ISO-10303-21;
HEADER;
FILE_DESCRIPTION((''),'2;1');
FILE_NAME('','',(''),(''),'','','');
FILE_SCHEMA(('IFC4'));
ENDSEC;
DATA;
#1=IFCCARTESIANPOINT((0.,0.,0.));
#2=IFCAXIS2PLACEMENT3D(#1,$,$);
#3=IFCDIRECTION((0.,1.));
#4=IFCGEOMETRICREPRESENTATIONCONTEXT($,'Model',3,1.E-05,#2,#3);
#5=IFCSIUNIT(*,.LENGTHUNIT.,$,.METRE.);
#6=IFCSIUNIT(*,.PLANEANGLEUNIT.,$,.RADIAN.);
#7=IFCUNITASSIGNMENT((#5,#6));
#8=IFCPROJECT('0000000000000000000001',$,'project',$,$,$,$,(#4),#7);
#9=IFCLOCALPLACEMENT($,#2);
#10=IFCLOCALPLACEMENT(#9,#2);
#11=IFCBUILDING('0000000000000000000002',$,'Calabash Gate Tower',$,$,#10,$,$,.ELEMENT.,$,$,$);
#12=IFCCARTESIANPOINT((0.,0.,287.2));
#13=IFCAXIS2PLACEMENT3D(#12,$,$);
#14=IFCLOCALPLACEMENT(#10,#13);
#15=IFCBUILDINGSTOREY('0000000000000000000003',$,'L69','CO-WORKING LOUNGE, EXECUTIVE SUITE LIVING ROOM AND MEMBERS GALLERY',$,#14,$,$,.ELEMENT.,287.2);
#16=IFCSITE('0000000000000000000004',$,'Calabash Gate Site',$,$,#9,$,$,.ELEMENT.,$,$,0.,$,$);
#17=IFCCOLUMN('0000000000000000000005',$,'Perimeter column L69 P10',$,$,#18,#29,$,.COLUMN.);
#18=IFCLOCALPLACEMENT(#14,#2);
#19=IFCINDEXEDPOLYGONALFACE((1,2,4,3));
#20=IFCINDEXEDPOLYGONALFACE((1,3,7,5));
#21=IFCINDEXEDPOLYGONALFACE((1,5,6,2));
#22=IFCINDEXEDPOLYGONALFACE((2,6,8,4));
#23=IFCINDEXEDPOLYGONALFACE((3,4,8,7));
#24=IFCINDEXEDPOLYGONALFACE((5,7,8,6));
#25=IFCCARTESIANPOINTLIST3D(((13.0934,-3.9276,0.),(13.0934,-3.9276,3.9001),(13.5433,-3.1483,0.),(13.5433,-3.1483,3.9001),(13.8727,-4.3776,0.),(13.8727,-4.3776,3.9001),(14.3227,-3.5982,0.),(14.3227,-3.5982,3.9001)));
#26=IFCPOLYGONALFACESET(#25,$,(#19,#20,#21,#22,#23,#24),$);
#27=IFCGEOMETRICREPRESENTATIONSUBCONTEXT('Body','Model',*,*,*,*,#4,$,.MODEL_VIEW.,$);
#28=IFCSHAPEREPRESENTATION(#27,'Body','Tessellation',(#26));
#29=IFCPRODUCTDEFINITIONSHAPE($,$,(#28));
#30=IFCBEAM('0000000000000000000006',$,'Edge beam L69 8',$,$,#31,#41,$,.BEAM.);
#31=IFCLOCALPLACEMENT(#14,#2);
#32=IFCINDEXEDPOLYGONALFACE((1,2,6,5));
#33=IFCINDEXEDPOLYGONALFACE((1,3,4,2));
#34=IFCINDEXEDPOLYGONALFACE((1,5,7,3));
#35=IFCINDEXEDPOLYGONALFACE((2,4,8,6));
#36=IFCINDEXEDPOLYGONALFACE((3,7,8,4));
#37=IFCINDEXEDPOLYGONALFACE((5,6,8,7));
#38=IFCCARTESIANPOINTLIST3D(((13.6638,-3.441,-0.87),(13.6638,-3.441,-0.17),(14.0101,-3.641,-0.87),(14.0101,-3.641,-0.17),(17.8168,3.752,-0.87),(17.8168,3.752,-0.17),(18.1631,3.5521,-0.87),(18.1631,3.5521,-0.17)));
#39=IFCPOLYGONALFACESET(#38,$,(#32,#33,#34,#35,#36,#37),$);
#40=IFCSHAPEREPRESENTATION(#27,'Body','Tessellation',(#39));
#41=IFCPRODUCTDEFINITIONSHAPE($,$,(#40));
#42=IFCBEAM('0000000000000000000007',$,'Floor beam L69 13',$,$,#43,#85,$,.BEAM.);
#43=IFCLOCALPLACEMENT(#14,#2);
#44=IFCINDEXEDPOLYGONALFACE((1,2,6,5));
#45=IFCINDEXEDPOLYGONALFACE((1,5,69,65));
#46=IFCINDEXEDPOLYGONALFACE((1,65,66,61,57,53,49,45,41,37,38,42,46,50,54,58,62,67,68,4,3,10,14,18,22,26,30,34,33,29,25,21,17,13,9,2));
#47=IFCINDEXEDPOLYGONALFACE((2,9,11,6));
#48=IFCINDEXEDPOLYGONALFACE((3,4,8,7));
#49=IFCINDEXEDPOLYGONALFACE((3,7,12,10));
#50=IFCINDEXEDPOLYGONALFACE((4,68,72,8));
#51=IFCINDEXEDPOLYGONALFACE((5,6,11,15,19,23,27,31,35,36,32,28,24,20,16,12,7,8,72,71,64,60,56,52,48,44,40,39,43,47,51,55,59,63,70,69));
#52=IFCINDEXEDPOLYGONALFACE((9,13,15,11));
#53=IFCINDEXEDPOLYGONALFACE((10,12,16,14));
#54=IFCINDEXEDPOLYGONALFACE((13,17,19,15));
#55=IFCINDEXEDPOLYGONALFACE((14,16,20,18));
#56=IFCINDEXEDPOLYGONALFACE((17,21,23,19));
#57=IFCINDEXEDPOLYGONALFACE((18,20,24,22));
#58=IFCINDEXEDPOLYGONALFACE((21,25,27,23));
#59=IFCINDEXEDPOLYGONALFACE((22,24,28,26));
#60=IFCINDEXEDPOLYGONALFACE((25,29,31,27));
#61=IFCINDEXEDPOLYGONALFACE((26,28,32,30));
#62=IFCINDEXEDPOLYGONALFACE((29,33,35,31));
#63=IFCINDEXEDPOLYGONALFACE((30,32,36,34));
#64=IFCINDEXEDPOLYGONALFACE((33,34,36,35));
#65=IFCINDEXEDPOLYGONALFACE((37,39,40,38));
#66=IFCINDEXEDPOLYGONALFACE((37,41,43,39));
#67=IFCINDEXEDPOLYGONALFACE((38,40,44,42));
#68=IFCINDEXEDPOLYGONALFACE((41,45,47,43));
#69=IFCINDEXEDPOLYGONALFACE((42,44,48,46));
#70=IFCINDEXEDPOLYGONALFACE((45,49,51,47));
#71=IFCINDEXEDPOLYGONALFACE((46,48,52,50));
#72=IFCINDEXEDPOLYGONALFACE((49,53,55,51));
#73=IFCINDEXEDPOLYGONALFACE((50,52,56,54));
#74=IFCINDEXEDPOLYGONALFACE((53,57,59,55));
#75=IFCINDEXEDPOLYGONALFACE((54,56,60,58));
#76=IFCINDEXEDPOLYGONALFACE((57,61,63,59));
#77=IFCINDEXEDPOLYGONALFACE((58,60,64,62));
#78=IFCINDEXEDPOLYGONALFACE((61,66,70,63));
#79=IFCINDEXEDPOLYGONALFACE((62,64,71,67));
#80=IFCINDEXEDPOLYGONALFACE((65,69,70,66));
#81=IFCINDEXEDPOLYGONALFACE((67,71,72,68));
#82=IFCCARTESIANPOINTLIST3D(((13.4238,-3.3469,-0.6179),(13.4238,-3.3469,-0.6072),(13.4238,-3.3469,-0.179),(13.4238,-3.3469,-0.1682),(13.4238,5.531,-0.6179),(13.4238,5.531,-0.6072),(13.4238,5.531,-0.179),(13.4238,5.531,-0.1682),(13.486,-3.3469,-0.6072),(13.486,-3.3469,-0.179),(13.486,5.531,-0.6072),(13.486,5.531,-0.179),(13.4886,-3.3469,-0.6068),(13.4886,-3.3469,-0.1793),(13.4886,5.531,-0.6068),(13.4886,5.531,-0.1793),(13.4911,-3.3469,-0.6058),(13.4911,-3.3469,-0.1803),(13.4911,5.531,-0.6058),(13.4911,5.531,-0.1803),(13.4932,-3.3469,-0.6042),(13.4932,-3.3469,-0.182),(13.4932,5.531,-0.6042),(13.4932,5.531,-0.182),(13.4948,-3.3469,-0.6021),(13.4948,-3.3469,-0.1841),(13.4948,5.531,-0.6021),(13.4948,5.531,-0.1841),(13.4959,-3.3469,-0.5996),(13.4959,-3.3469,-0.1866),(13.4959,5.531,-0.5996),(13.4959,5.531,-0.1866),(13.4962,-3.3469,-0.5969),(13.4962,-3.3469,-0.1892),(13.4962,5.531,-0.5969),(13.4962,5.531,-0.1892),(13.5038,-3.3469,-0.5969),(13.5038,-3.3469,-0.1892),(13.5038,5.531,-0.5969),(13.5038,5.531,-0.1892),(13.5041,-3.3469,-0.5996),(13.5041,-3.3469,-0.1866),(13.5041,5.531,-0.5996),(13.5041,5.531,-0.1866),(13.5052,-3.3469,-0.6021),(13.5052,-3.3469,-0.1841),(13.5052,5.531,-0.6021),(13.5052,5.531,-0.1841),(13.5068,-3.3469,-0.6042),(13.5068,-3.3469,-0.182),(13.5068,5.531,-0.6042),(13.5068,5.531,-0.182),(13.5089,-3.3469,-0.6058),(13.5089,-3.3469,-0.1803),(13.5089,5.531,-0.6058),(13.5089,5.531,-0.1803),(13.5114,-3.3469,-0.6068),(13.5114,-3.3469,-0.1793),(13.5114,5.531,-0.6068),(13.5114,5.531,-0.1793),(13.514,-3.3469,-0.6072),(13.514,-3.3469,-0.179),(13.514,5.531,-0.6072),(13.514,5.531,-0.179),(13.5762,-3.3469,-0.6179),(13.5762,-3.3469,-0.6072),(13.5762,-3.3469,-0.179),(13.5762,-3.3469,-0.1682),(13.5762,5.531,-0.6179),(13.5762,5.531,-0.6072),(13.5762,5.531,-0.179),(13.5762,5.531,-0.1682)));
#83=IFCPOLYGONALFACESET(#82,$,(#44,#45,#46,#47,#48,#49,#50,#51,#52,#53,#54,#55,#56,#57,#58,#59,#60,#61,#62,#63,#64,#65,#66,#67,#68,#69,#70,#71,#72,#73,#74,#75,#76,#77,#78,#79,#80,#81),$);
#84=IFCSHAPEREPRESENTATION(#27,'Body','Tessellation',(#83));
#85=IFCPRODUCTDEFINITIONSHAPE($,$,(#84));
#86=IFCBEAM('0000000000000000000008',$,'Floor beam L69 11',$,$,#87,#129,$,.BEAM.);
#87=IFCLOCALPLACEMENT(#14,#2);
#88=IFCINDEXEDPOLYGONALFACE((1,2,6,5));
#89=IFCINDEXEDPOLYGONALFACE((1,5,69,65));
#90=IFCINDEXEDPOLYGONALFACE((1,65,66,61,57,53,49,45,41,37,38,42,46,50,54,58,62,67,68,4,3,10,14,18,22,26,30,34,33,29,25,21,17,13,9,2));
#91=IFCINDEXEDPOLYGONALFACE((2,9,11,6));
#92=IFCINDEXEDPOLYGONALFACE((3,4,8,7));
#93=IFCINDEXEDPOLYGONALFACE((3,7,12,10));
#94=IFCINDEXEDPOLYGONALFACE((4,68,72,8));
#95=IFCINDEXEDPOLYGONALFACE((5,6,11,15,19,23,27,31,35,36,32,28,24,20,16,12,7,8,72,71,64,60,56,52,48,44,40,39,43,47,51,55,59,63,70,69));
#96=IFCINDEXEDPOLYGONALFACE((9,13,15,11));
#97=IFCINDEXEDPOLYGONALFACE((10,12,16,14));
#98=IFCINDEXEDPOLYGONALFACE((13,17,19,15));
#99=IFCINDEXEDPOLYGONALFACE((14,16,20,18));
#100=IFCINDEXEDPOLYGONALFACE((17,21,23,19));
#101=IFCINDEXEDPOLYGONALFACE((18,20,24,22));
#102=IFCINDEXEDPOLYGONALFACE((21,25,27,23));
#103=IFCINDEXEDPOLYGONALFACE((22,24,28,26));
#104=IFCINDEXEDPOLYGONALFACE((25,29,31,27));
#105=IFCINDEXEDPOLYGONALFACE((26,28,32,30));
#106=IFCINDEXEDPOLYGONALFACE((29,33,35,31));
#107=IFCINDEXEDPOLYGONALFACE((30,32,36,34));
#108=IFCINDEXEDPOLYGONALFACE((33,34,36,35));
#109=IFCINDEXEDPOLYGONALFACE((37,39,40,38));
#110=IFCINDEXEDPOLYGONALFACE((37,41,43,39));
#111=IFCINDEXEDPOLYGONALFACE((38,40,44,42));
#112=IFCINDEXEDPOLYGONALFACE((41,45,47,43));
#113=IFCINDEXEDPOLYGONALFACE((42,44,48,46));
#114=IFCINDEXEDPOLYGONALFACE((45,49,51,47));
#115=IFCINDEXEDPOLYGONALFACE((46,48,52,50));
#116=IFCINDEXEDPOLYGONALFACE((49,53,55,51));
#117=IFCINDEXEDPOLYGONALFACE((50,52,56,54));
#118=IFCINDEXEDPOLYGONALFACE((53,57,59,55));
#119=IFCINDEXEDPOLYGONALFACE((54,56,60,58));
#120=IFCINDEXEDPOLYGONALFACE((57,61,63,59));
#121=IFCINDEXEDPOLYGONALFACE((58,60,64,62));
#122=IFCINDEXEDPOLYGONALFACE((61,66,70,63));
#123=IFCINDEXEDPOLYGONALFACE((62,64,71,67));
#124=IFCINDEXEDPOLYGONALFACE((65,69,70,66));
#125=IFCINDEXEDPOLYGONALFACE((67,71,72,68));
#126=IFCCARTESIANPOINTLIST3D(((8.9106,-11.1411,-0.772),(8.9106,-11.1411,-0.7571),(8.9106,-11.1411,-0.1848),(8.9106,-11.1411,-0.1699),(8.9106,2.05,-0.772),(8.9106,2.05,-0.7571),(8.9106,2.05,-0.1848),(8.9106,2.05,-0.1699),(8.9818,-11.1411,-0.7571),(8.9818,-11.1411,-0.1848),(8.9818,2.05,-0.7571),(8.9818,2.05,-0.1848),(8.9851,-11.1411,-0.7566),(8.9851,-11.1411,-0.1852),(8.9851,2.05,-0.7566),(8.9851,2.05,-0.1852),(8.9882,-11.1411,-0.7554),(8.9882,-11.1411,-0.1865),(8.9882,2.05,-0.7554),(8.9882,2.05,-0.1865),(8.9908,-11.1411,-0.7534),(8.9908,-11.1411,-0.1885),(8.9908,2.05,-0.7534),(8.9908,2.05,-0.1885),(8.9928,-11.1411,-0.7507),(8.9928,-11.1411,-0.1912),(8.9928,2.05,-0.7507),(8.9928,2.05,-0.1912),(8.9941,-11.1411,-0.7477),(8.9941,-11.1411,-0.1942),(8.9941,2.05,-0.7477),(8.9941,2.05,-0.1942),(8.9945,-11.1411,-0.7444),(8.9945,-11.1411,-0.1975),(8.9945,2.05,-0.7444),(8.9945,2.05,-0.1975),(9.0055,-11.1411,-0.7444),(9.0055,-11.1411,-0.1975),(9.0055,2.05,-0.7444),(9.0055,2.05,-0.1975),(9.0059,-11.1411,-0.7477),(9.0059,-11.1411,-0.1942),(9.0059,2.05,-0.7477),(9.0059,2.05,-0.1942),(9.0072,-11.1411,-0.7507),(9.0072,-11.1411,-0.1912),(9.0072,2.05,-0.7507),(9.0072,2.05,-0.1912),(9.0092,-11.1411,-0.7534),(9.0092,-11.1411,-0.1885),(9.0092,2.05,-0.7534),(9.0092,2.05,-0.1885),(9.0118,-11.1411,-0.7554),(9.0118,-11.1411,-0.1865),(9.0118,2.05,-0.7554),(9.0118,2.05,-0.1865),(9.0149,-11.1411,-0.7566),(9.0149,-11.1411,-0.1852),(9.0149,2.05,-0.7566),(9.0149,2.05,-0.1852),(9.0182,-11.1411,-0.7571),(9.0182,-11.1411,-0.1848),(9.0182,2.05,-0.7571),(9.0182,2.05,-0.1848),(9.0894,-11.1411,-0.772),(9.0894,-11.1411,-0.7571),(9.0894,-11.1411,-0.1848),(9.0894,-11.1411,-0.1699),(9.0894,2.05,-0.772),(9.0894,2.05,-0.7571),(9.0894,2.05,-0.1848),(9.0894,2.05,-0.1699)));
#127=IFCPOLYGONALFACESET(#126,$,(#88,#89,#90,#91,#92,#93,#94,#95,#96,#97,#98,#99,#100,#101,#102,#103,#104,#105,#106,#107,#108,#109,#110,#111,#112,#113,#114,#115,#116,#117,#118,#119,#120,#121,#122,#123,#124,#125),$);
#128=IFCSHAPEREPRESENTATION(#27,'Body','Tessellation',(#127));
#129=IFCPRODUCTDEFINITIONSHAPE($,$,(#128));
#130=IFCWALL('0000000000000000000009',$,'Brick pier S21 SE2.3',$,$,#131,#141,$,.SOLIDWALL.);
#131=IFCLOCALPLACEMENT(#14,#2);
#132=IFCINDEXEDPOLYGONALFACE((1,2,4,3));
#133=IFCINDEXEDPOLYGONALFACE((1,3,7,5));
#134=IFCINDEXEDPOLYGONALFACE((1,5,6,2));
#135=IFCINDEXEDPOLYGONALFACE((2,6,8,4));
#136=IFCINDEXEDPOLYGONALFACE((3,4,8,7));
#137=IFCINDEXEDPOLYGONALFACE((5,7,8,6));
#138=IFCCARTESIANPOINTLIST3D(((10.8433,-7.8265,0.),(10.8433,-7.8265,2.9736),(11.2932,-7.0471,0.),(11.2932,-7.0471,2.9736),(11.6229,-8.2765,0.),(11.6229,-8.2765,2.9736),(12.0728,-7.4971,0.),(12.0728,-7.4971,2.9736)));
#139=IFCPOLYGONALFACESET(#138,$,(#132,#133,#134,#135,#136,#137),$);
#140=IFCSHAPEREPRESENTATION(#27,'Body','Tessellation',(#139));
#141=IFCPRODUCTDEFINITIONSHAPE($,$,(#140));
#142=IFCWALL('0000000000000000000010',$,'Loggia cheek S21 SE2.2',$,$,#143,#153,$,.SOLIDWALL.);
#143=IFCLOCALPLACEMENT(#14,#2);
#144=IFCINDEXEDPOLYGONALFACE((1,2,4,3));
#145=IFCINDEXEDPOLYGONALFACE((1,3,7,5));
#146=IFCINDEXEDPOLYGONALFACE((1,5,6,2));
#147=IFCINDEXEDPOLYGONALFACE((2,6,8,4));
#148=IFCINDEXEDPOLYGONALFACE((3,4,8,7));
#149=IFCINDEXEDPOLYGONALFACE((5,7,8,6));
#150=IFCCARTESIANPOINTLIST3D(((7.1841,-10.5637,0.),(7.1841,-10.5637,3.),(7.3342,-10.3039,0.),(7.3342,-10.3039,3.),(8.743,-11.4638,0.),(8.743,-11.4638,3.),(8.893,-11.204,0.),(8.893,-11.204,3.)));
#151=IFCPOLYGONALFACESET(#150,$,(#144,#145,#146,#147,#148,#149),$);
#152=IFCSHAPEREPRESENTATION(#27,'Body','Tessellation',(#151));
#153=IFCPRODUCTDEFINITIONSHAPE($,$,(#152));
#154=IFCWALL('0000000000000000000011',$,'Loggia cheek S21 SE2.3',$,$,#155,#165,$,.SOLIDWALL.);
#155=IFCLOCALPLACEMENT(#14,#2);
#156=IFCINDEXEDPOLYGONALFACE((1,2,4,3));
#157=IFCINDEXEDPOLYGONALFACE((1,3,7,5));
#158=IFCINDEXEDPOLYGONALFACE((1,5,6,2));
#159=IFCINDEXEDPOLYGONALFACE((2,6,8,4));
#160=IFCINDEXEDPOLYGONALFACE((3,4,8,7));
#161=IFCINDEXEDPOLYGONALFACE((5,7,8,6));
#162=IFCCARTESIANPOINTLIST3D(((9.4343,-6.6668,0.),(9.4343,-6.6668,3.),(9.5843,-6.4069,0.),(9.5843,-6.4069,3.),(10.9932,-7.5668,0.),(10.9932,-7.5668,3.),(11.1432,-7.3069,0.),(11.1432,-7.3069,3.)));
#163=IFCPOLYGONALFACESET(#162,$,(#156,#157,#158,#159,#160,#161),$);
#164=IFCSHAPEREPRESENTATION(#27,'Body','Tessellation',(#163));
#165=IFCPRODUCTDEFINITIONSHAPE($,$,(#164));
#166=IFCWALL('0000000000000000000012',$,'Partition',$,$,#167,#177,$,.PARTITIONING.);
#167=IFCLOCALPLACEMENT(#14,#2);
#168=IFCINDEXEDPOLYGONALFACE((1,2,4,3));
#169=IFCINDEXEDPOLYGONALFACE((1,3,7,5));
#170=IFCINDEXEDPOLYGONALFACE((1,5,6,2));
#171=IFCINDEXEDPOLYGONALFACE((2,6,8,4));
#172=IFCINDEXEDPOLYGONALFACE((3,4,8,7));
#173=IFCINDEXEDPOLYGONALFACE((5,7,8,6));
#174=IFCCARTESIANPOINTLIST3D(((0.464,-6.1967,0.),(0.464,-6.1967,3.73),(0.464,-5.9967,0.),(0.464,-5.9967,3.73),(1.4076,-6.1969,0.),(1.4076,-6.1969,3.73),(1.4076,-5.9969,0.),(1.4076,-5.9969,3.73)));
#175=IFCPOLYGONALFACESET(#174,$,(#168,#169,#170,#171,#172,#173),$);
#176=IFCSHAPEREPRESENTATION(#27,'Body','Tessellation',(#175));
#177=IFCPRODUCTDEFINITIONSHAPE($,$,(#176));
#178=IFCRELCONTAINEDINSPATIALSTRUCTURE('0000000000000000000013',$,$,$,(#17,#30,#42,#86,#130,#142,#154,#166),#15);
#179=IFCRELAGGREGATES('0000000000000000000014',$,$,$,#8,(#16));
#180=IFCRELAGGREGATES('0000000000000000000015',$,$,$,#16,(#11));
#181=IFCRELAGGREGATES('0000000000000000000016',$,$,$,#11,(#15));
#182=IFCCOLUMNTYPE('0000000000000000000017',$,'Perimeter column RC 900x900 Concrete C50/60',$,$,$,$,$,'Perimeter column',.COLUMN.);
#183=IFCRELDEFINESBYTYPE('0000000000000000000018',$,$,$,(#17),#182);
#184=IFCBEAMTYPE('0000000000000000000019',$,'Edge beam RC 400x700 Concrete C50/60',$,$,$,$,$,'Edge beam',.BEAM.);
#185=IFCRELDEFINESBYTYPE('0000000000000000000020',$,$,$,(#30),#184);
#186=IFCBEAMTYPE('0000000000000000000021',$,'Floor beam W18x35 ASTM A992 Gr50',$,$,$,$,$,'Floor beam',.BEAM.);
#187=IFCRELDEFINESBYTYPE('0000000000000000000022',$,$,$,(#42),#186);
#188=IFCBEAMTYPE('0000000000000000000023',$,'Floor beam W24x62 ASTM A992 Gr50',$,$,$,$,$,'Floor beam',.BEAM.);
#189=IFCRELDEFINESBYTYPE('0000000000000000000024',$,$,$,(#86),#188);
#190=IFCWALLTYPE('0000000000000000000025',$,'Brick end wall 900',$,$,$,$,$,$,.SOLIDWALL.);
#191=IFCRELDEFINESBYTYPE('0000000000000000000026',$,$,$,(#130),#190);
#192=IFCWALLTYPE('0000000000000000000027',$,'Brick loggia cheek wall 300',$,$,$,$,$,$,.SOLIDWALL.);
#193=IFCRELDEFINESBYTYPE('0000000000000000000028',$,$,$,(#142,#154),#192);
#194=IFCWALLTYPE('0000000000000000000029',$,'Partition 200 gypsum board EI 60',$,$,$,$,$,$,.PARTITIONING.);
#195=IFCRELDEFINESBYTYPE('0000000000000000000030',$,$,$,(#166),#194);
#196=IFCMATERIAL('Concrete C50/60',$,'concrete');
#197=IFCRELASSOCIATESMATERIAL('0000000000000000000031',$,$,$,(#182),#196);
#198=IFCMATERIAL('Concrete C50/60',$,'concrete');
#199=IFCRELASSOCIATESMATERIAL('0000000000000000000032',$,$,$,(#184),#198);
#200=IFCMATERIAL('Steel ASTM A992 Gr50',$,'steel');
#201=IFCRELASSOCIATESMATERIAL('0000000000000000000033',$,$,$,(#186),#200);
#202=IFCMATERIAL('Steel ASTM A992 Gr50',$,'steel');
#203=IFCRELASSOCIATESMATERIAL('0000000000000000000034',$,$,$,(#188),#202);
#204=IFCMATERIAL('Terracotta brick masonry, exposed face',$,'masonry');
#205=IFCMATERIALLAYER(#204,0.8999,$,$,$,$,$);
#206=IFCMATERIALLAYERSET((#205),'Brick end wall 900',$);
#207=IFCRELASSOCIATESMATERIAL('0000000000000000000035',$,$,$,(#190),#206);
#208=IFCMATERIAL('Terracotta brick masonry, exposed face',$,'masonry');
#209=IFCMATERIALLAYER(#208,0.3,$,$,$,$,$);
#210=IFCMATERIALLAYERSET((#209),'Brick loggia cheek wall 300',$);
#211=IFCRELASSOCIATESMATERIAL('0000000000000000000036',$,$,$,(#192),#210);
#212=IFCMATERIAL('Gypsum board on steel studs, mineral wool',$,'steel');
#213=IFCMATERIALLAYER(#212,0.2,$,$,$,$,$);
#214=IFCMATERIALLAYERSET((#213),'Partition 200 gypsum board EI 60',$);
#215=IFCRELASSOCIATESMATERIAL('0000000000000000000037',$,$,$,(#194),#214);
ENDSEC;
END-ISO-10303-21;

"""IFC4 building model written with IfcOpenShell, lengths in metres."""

from ifc_helpers import new_model, si_unit, direction, frame, frame_2d, origin, origin_2d, place, context, subcontext, project, spatial, rectangle, i_section, extrude, material, layer, layer_set, material_profile, profile_set, type_object, element, save


model = new_model("IFC4")

# Units and contexts
model_context = context("Model", 3, precision=1e-05, world=origin(), true_north=direction((0.0, 1.0)))
body_context = subcontext(model_context, "Body", "Model", "MODEL_VIEW")
ifc_project = project(units=[si_unit("LENGTHUNIT", "METRE"), si_unit("PLANEANGLEUNIT", "RADIAN")], contexts=[model_context])

# Site, building, storey
site_placement = place(None, origin())
site = spatial("IfcSite", under=ifc_project, at=site_placement, Name="Calabash Gate Site", CompositionType="ELEMENT", RefElevation=0.0)
building_placement = place(site_placement, origin())
building = spatial("IfcBuilding", under=site, at=building_placement, Name="Calabash Gate Tower", CompositionType="ELEMENT")
storey_placement = place(building_placement, frame((0.0, 0.0, 287.2)))
storey = spatial("IfcBuildingStorey", under=building, at=storey_placement, Name="L69", Description="CO-WORKING LOUNGE, EXECUTIVE SUITE LIVING ROOM AND MEMBERS GALLERY", CompositionType="ELEMENT", Elevation=287.2)

# Column
ifc_material_1 = material(Name="Concrete C50/60", Category="concrete")
ifc_material_profile_1 = material_profile(ifc_material_1, rectangle(XDim=0.8999, YDim=0.8999, at=origin_2d()))
ifc_profile_set_1 = profile_set([ifc_material_profile_1], Name="Concrete C50/60")
column_type = type_object("IfcColumnType", Name="Perimeter column RC 900x900 Concrete C50/60", ElementType="Perimeter column", PredefinedType="COLUMN", material=ifc_profile_set_1)
column_placement = place(storey_placement, frame((13.708, -3.7629, 0.0), z_axis=(0.0, 0.0, 1.0), x_axis=(0.5, 0.866025, 0.0)))
element("IfcColumn", 1, at=column_placement, inside=storey, type_object=column_type, Name="Perimeter column L69 P10", PredefinedType="COLUMN", context=body_context, shape_type="SweptSolid", body=[
    extrude(rectangle(XDim=0.8999, YDim=0.8999, at=origin_2d()), origin(), (0.0, 0.0, 1.0), 3.9001),
])

# Beams
ifc_material_2 = material(Name="Concrete C50/60", Category="concrete")
ifc_material_profile_2 = material_profile(ifc_material_2, rectangle(XDim=0.3999, YDim=0.7, at=origin_2d()))
ifc_profile_set_2 = profile_set([ifc_material_profile_2], Name="Concrete C50/60")
beam_type_1 = type_object("IfcBeamType", Name="Edge beam RC 400x700 Concrete C50/60", ElementType="Edge beam", PredefinedType="BEAM", material=ifc_profile_set_2)
beam_1_placement = place(storey_placement, frame((13.8369, -3.541, -0.52), z_axis=(0.500012, 0.866019, 0.0), x_axis=(-0.866019, 0.500012, 0.0)))
element("IfcBeam", 2, at=beam_1_placement, inside=storey, type_object=beam_type_1, Name="Edge beam L69 8", PredefinedType="BEAM", context=body_context, shape_type="SweptSolid", body=[
    extrude(rectangle(XDim=0.3999, YDim=0.7, at=origin_2d()), origin(), (0.0, 0.0, 1.0), 8.3059),
])
ifc_material_3 = material(Name="Steel ASTM A992 Gr50", Category="steel")
ifc_material_profile_3 = material_profile(ifc_material_3, i_section(OverallWidth=0.1523, OverallDepth=0.4497, WebThickness=0.0076, FlangeThickness=0.0107, FilletRadius=0.0103, at=origin_2d()))
ifc_profile_set_3 = profile_set([ifc_material_profile_3], Name="Steel ASTM A992 Gr50")
beam_type_2 = type_object("IfcBeamType", Name="Floor beam W18x35 ASTM A992 Gr50", ElementType="Floor beam", PredefinedType="BEAM", material=ifc_profile_set_3)
beam_2_placement = place(storey_placement, frame((13.5, -3.3469, -0.3931), z_axis=(0.0, 1.0, 0.0), x_axis=(-1.0, 0.0, 0.0)))
element("IfcBeam", 3, at=beam_2_placement, inside=storey, type_object=beam_type_2, Name="Floor beam L69 13", PredefinedType="BEAM", context=body_context, shape_type="SweptSolid", body=[
    extrude(i_section(OverallWidth=0.1523, OverallDepth=0.4497, WebThickness=0.0076, FlangeThickness=0.0107, FilletRadius=0.0103, at=origin_2d()), origin(), (0.0, 0.0, 1.0), 8.8779),
])
ifc_material_4 = material(Name="Steel ASTM A992 Gr50", Category="steel")
ifc_material_profile_4 = material_profile(ifc_material_4, i_section(OverallWidth=0.1787, OverallDepth=0.6021, WebThickness=0.011, FlangeThickness=0.0149, FilletRadius=0.0127, at=origin_2d()))
ifc_profile_set_4 = profile_set([ifc_material_profile_4], Name="Steel ASTM A992 Gr50")
beam_type_3 = type_object("IfcBeamType", Name="Floor beam W24x62 ASTM A992 Gr50", ElementType="Floor beam", PredefinedType="BEAM", material=ifc_profile_set_4)
beam_3_placement = place(storey_placement, frame((9.0, -11.1411, -0.4709), z_axis=(0.0, 1.0, 0.0), x_axis=(-1.0, 0.0, 0.0)))
element("IfcBeam", 4, at=beam_3_placement, inside=storey, type_object=beam_type_3, Name="Floor beam L69 11", PredefinedType="BEAM", context=body_context, shape_type="SweptSolid", body=[
    extrude(i_section(OverallWidth=0.1787, OverallDepth=0.6021, WebThickness=0.011, FlangeThickness=0.0149, FilletRadius=0.0127, at=origin_2d()), origin(), (0.0, 0.0, 1.0), 13.1912),
])

# Walls
ifc_material_5 = material(Name="Terracotta brick masonry, exposed face", Category="masonry")
ifc_layer_1 = layer(ifc_material_5, 0.8999)
ifc_layer_set_1 = layer_set([ifc_layer_1], Name="Brick end wall 900")
wall_type_1 = type_object("IfcWallType", Name="Brick end wall 900", PredefinedType="SOLIDWALL", material=ifc_layer_set_1)
wall_1_placement = place(storey_placement, frame((11.0681, -7.4368, 0.0), z_axis=(0.0, 0.0, 1.0), x_axis=(0.866082, -0.499902, 0.0)))
element("IfcWall", 5, at=wall_1_placement, inside=storey, type_object=wall_type_1, Name="Brick pier S21 SE2.3", PredefinedType="SOLIDWALL", context=body_context, shape_type="SweptSolid", body=[
    extrude(rectangle(XDim=0.9001, YDim=0.8999, at=frame_2d((0.4502, 0.0))), origin(), (0.0, 0.0, 1.0), 2.9736),
])
ifc_material_6 = material(Name="Terracotta brick masonry, exposed face", Category="masonry")
ifc_layer_2 = layer(ifc_material_6, 0.3)
ifc_layer_set_2 = layer_set([ifc_layer_2], Name="Brick loggia cheek wall 300")
wall_type_2 = type_object("IfcWallType", Name="Brick loggia cheek wall 300", PredefinedType="SOLIDWALL", material=ifc_layer_set_2)
for number, where, z_axis, x_axis, name in (
    (6, (7.2593, -10.4338, 0.0), (0.0, 0.0, 1.0), (0.865989, -0.500063, 0.0), "Loggia cheek S21 SE2.2"),
    (7, (11.0681, -7.4368, 0.0), (0.0, 0.0, 1.0), (-0.866048, 0.499961, 0.0), "Loggia cheek S21 SE2.3"),
):
    element("IfcWall", number, at=place(storey_placement, frame(where, z_axis=z_axis, x_axis=x_axis)), inside=storey, type_object=wall_type_2, Name=name, PredefinedType="SOLIDWALL", context=body_context, shape_type="SweptSolid", body=[
        extrude(rectangle(XDim=1.8, YDim=0.3, at=frame_2d((0.8999, 0.0))), origin(), (0.0, 0.0, 1.0), 3.0),
    ])
ifc_material_7 = material(Name="Gypsum board on steel studs, mineral wool", Category="steel")
ifc_layer_3 = layer(ifc_material_7, 0.2)
ifc_layer_set_3 = layer_set([ifc_layer_3], Name="Partition 200 gypsum board EI 60")
wall_type_3 = type_object("IfcWallType", Name="Partition 200 gypsum board EI 60", PredefinedType="PARTITIONING", material=ifc_layer_set_3)
wall_2_placement = place(storey_placement, frame((0.4641, -6.0967, 0.0), z_axis=(0.0, 0.0, 1.0), x_axis=(1.0, -0.000259, 0.0)))
element("IfcWall", 8, at=wall_2_placement, inside=storey, type_object=wall_type_3, Name="Partition", PredefinedType="PARTITIONING", context=body_context, shape_type="SweptSolid", body=[
    extrude(rectangle(XDim=0.9436, YDim=0.2, at=frame_2d((0.4717, 0.0))), origin(), (0.0, 0.0, 1.0), 3.73),
])

save(model, "model.ifc")
